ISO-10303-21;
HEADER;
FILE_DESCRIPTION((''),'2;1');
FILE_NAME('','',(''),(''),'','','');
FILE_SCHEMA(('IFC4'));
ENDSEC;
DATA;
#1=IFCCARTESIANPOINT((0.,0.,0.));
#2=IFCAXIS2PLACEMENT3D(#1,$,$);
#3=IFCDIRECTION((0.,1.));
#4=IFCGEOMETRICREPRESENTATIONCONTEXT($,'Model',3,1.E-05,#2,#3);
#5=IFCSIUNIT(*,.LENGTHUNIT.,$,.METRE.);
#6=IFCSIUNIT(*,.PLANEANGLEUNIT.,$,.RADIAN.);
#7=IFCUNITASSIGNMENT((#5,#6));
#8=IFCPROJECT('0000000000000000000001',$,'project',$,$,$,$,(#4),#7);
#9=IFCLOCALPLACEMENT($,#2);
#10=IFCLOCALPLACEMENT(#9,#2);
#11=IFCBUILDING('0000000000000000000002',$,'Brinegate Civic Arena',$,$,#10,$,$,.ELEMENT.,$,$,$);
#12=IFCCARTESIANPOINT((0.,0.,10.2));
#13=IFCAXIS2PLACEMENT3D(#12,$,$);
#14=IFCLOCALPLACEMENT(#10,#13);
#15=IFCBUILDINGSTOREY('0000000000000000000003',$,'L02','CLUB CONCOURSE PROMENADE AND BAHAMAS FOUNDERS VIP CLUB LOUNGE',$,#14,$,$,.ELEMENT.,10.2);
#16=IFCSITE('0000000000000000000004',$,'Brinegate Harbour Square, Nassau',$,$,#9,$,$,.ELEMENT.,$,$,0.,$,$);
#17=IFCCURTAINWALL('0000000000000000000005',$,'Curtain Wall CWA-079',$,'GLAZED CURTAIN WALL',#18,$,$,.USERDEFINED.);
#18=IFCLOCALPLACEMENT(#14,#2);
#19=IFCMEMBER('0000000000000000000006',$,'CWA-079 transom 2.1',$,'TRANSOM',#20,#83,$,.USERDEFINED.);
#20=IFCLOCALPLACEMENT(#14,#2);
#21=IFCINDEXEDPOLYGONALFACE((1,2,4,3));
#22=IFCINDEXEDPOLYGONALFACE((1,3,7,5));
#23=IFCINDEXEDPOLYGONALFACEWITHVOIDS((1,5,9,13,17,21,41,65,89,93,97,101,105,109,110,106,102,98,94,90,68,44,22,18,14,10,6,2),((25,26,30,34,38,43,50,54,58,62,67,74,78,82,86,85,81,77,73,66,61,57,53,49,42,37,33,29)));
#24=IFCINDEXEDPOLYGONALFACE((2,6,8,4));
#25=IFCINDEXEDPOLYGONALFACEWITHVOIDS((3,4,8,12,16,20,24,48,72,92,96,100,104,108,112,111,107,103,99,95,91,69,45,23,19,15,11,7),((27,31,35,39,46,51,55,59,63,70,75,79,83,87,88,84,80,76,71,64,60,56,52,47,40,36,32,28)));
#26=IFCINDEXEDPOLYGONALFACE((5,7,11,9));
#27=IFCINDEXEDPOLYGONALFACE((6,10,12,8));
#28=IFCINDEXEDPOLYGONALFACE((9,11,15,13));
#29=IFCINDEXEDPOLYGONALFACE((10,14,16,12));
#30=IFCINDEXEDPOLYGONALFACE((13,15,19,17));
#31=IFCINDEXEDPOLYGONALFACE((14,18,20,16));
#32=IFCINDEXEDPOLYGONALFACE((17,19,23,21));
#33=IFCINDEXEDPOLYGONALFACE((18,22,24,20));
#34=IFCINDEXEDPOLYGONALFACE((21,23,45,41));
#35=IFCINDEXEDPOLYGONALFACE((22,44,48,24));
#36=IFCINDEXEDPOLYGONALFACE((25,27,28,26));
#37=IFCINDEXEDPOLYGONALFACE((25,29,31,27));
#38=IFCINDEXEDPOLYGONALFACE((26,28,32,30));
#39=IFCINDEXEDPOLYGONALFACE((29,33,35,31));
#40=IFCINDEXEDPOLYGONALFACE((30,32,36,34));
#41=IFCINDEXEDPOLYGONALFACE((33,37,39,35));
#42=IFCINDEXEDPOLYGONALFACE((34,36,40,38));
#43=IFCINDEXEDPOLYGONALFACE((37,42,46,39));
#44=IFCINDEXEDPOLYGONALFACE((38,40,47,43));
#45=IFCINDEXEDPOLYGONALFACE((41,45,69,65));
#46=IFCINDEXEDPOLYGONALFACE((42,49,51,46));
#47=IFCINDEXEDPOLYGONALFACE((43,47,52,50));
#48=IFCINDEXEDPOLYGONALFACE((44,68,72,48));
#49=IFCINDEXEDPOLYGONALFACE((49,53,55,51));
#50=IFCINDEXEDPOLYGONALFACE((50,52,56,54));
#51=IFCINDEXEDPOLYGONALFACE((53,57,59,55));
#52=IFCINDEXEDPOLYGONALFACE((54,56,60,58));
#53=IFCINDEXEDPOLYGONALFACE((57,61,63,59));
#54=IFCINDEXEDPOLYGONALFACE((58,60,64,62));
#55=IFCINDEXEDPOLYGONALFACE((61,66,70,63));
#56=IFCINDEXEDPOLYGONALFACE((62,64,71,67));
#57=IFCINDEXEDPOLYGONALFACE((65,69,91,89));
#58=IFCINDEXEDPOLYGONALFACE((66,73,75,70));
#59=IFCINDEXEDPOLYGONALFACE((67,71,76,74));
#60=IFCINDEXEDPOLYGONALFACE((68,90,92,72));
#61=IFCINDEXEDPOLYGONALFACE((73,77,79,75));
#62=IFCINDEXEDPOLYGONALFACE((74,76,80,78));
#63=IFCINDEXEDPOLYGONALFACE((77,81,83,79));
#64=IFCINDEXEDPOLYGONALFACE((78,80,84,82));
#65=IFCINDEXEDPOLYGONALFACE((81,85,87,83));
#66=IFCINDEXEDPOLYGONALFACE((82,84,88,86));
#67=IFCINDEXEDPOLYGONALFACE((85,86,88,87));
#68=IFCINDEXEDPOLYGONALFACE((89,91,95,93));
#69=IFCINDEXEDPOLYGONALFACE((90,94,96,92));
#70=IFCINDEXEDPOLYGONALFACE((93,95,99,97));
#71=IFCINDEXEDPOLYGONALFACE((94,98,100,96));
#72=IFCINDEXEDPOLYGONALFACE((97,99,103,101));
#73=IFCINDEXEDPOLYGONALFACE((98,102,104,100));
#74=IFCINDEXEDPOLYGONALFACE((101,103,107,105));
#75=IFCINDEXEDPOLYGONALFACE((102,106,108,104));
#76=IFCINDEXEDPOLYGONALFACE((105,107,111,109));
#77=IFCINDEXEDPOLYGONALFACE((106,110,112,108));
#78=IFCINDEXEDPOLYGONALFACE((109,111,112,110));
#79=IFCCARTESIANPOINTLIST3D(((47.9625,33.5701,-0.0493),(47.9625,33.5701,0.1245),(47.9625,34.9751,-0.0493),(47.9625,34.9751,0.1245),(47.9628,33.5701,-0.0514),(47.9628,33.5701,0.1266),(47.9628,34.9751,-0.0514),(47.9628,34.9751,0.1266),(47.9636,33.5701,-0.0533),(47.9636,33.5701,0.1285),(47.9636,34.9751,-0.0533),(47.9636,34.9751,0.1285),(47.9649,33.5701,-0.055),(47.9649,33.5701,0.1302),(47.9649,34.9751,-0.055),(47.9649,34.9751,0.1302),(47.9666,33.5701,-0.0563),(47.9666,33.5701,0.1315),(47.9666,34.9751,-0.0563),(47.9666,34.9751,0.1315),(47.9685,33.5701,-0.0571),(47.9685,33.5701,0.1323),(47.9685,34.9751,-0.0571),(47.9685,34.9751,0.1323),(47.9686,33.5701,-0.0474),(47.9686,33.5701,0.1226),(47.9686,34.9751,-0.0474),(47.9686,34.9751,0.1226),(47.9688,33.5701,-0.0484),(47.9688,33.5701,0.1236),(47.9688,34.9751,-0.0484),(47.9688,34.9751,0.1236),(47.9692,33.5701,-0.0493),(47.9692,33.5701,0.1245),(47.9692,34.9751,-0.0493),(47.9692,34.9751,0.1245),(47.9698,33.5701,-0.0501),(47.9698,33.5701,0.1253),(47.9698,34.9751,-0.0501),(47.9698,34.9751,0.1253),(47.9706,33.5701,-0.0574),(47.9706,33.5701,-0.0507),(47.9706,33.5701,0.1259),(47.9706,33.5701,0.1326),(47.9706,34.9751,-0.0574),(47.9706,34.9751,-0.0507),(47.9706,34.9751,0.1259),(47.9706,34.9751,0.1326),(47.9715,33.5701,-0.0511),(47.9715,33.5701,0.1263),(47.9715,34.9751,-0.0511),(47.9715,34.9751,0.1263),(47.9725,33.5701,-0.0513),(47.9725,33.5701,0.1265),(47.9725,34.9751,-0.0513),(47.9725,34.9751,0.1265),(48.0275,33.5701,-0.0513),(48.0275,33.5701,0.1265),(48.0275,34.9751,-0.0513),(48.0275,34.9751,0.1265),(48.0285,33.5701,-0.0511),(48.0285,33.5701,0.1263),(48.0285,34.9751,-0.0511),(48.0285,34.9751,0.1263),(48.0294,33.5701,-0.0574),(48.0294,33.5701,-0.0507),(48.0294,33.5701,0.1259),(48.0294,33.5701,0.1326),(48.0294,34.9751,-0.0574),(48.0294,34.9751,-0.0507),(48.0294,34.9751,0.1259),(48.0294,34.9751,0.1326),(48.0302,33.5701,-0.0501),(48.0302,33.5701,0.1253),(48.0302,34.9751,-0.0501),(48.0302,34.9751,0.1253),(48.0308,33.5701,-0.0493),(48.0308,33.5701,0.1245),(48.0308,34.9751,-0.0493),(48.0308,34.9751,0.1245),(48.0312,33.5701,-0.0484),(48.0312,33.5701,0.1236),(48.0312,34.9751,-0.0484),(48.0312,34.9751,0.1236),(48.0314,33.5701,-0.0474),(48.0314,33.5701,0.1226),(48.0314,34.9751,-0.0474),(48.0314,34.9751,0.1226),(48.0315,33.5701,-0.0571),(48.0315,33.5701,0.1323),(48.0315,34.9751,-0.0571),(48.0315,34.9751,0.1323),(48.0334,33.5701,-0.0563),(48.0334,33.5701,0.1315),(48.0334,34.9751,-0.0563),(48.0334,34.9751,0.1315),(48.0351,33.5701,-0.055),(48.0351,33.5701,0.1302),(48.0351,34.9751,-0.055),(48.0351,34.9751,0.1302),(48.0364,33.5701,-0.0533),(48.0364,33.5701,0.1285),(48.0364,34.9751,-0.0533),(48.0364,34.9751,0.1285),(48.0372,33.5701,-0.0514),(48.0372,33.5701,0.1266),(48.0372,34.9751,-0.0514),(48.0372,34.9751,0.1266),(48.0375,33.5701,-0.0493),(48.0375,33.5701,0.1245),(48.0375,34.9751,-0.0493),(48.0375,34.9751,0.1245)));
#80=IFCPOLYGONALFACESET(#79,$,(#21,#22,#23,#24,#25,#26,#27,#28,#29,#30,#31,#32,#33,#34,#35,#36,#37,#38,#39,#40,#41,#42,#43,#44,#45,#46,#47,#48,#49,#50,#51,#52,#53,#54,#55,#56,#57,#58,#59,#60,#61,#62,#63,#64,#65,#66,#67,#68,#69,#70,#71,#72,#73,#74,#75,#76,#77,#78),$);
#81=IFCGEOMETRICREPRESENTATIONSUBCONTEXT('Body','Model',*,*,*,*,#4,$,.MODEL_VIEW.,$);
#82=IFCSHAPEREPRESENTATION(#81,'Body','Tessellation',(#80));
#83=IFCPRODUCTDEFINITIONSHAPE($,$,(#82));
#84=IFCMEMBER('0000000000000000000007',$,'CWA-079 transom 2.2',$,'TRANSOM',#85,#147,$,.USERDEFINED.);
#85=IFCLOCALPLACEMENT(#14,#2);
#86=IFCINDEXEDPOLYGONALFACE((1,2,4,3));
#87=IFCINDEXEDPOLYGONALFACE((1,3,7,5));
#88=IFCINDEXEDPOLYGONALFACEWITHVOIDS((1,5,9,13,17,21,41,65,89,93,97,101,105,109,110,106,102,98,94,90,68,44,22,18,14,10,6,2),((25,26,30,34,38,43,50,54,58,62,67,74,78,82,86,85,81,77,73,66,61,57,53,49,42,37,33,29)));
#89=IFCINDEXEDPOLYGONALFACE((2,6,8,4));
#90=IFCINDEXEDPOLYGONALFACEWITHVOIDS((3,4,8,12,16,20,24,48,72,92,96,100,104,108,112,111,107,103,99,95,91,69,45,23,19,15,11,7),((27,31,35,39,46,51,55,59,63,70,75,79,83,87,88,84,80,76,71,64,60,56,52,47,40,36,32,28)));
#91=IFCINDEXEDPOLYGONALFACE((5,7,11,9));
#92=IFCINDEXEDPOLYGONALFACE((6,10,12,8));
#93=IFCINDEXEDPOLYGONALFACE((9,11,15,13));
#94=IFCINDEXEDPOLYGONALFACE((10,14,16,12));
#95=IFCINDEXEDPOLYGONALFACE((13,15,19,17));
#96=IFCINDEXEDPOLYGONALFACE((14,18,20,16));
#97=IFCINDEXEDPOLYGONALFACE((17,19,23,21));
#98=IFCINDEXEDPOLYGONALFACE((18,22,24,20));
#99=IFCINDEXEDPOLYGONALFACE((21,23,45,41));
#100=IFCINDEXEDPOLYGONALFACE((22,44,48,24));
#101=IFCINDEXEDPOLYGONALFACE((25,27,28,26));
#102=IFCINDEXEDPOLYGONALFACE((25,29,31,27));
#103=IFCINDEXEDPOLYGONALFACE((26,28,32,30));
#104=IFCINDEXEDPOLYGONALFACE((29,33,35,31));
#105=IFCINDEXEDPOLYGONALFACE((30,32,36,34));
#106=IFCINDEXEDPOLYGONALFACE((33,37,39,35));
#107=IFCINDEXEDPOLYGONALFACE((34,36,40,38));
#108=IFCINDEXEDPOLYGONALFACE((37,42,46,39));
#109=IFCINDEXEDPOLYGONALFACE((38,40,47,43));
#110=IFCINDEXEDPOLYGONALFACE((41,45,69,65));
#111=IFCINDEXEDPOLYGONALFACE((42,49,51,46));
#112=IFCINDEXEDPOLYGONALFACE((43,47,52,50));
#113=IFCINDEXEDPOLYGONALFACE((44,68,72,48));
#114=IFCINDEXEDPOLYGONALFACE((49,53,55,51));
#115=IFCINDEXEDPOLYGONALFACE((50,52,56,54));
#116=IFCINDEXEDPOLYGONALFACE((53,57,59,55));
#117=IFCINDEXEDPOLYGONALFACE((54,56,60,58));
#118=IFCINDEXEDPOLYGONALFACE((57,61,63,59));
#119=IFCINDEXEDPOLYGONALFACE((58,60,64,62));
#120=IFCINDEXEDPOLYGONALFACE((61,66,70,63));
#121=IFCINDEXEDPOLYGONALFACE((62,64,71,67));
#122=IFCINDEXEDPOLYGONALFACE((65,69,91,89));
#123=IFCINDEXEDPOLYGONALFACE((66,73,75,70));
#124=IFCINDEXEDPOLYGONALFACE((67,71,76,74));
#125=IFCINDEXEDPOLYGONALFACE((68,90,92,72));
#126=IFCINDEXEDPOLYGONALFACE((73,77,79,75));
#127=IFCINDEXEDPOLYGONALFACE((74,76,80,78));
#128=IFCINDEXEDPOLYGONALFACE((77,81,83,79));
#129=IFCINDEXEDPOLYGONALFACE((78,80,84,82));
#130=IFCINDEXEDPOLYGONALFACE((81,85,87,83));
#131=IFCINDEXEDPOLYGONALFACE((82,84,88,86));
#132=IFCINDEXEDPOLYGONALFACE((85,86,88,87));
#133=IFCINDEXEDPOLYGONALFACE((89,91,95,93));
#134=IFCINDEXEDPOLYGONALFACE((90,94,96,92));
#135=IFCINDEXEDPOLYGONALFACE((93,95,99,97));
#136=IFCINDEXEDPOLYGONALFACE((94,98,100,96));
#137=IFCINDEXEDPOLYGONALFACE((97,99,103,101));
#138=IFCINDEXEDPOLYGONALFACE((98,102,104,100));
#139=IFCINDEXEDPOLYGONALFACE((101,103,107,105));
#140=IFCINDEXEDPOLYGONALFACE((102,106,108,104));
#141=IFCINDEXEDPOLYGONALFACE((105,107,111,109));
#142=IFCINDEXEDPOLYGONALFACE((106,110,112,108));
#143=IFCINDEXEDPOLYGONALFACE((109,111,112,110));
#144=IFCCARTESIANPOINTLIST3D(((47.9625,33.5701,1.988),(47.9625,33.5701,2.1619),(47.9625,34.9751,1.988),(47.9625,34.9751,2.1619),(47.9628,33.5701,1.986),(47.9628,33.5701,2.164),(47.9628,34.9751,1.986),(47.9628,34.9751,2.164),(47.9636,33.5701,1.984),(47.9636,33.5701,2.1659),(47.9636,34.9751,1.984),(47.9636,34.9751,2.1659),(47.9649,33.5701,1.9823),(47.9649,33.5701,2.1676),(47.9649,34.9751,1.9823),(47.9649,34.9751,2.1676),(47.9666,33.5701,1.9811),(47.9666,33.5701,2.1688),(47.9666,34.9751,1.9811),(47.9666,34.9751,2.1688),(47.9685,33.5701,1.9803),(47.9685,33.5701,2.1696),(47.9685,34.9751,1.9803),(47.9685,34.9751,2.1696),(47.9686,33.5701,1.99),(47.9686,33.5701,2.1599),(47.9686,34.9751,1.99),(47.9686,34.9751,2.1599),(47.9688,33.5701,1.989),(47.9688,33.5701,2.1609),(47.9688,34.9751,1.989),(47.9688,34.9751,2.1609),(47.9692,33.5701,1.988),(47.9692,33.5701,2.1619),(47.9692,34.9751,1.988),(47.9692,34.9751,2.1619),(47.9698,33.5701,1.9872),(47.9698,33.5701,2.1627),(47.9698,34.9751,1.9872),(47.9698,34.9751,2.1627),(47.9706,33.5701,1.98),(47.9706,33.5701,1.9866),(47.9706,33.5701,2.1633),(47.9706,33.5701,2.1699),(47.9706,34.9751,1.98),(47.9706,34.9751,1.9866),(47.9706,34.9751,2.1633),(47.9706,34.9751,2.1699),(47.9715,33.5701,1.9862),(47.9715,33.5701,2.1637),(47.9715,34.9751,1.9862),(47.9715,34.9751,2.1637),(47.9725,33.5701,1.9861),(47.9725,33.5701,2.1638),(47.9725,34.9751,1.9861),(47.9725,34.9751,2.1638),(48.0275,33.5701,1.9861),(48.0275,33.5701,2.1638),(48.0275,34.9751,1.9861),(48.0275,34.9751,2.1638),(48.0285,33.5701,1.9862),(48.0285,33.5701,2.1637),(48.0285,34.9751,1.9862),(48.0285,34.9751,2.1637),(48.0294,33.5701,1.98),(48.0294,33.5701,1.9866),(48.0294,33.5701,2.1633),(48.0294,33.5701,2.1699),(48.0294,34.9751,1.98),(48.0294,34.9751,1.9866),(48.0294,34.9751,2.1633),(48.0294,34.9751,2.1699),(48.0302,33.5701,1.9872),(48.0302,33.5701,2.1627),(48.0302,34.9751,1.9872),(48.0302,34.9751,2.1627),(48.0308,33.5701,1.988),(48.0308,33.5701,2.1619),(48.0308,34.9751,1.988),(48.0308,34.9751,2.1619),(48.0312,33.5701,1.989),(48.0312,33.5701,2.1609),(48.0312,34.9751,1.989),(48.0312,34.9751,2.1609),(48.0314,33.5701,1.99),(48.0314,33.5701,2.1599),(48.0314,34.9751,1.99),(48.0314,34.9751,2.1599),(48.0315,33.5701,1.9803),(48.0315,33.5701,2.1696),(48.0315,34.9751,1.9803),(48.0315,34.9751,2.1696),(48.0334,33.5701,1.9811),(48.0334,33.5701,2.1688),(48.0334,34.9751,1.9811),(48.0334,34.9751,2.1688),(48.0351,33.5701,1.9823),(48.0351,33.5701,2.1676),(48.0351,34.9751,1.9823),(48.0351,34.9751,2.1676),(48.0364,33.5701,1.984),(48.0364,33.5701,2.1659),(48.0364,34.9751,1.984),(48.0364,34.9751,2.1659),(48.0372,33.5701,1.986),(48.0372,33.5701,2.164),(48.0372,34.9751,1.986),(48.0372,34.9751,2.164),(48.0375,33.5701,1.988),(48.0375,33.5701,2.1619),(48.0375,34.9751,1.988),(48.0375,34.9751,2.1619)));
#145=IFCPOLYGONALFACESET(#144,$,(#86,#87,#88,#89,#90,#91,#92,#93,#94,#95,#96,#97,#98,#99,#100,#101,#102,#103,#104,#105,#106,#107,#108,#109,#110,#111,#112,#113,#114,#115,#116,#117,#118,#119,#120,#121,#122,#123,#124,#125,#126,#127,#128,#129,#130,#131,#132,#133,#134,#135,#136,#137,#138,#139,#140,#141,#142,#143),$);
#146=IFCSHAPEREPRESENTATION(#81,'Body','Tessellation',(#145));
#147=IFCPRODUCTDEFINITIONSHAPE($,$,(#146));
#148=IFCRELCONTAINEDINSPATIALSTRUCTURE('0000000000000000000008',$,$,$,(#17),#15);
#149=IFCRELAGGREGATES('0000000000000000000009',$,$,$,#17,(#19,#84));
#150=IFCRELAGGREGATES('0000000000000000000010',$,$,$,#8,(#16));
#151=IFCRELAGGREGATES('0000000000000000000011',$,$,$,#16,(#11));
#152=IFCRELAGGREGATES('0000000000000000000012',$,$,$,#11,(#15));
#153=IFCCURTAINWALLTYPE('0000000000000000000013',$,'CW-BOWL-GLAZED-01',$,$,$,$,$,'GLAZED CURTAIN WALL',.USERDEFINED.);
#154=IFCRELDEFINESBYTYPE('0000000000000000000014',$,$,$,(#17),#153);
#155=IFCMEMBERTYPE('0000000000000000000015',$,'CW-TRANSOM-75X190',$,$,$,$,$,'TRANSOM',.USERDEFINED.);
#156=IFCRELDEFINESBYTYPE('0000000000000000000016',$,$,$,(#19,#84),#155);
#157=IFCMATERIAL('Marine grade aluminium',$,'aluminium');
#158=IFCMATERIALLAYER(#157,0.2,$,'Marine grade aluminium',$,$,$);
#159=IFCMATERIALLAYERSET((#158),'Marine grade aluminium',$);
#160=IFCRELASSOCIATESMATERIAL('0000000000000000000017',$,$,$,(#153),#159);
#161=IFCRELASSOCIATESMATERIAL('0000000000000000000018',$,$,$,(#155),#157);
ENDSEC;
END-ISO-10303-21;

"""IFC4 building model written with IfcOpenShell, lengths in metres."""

from ifc_helpers import new_model, si_unit, direction, frame, origin, origin_2d, place, context, subcontext, project, spatial, hollow_rectangle, extrude, material, layer, layer_set, material_profile, profile_set, type_object, element, aggregate, save


model = new_model("IFC4")

# Units and contexts
model_context = context("Model", 3, precision=1e-05, world=origin(), true_north=direction((0.0, 1.0)))
body_context = subcontext(model_context, "Body", "Model", "MODEL_VIEW")
ifc_project = project(units=[si_unit("LENGTHUNIT", "METRE"), si_unit("PLANEANGLEUNIT", "RADIAN")], contexts=[model_context])

# Site, building, storey
site_placement = place(None, origin())
site = spatial("IfcSite", under=ifc_project, at=site_placement, Name="Brinegate Harbour Square, Nassau", CompositionType="ELEMENT", RefElevation=0.0)
building_placement = place(site_placement, origin())
building = spatial("IfcBuilding", under=site, at=building_placement, Name="Brinegate Civic Arena", CompositionType="ELEMENT")
storey_placement = place(building_placement, frame((0.0, 0.0, 10.2)))
storey = spatial("IfcBuildingStorey", under=building, at=storey_placement, Name="L02", Description="CLUB CONCOURSE PROMENADE AND BAHAMAS FOUNDERS VIP CLUB LOUNGE", CompositionType="ELEMENT", Elevation=10.2)

# Curtain wall, members
ifc_material_1 = material(Name="Marine grade aluminium", Category="aluminium")
ifc_layer_1 = layer(ifc_material_1, 0.2, Name="Marine grade aluminium")
ifc_layer_set_1 = layer_set([ifc_layer_1], Name="Marine grade aluminium")
curtain_wall_type = type_object("IfcCurtainWallType", Name="CW-BOWL-GLAZED-01", ElementType="GLAZED CURTAIN WALL", PredefinedType="USERDEFINED", material=ifc_layer_set_1)
curtain_wall_placement = place(storey_placement, origin())
curtain_wall = element("IfcCurtainWall", 1, at=curtain_wall_placement, inside=storey, type_object=curtain_wall_type, Name="Curtain Wall CWA-079", ObjectType="GLAZED CURTAIN WALL", PredefinedType="USERDEFINED")
ifc_material_profile_1 = material_profile(ifc_material_1, hollow_rectangle(XDim=0.075, YDim=0.1899, WallThickness=0.0061, InnerFilletRadius=0.0039, OuterFilletRadius=0.0081, at=origin_2d()), Name="TRN75X190")
ifc_profile_set_1 = profile_set([ifc_material_profile_1], Name="Marine grade aluminium")
member_type_1 = type_object("IfcMemberType", Name="CW-TRANSOM-75X190", ElementType="TRANSOM", PredefinedType="USERDEFINED", material=ifc_profile_set_1)
member_1_placement = place(storey_placement, frame((48.0, 33.5701, 0.0376), z_axis=(0.0, 1.0, 0.0), x_axis=(-1.0, 0.0, 0.0)))
member_1 = element("IfcMember", 2, at=member_1_placement, type_object=member_type_1, Name="CWA-079 transom 2.1", ObjectType="TRANSOM", PredefinedType="USERDEFINED", context=body_context, shape_type="SweptSolid", body=[
    extrude(hollow_rectangle(XDim=0.075, YDim=0.1899, WallThickness=0.0061, InnerFilletRadius=0.0039, OuterFilletRadius=0.0081, at=origin_2d()), origin(), (0.0, 0.0, 1.0), 1.405),
])
member_2_placement = place(storey_placement, frame((48.0, 33.5701, 2.075), z_axis=(0.0, 1.0, 0.0), x_axis=(-1.0, 0.0, 0.0)))
member_2 = element("IfcMember", 3, at=member_2_placement, type_object=member_type_1, Name="CWA-079 transom 2.2", ObjectType="TRANSOM", PredefinedType="USERDEFINED", context=body_context, shape_type="SweptSolid", body=[
    extrude(hollow_rectangle(XDim=0.075, YDim=0.1899, WallThickness=0.0061, InnerFilletRadius=0.0039, OuterFilletRadius=0.0081, at=origin_2d()), origin(), (0.0, 0.0, 1.0), 1.405),
])

aggregate(curtain_wall, [member_1, member_2])

save(model, "model.ifc")
